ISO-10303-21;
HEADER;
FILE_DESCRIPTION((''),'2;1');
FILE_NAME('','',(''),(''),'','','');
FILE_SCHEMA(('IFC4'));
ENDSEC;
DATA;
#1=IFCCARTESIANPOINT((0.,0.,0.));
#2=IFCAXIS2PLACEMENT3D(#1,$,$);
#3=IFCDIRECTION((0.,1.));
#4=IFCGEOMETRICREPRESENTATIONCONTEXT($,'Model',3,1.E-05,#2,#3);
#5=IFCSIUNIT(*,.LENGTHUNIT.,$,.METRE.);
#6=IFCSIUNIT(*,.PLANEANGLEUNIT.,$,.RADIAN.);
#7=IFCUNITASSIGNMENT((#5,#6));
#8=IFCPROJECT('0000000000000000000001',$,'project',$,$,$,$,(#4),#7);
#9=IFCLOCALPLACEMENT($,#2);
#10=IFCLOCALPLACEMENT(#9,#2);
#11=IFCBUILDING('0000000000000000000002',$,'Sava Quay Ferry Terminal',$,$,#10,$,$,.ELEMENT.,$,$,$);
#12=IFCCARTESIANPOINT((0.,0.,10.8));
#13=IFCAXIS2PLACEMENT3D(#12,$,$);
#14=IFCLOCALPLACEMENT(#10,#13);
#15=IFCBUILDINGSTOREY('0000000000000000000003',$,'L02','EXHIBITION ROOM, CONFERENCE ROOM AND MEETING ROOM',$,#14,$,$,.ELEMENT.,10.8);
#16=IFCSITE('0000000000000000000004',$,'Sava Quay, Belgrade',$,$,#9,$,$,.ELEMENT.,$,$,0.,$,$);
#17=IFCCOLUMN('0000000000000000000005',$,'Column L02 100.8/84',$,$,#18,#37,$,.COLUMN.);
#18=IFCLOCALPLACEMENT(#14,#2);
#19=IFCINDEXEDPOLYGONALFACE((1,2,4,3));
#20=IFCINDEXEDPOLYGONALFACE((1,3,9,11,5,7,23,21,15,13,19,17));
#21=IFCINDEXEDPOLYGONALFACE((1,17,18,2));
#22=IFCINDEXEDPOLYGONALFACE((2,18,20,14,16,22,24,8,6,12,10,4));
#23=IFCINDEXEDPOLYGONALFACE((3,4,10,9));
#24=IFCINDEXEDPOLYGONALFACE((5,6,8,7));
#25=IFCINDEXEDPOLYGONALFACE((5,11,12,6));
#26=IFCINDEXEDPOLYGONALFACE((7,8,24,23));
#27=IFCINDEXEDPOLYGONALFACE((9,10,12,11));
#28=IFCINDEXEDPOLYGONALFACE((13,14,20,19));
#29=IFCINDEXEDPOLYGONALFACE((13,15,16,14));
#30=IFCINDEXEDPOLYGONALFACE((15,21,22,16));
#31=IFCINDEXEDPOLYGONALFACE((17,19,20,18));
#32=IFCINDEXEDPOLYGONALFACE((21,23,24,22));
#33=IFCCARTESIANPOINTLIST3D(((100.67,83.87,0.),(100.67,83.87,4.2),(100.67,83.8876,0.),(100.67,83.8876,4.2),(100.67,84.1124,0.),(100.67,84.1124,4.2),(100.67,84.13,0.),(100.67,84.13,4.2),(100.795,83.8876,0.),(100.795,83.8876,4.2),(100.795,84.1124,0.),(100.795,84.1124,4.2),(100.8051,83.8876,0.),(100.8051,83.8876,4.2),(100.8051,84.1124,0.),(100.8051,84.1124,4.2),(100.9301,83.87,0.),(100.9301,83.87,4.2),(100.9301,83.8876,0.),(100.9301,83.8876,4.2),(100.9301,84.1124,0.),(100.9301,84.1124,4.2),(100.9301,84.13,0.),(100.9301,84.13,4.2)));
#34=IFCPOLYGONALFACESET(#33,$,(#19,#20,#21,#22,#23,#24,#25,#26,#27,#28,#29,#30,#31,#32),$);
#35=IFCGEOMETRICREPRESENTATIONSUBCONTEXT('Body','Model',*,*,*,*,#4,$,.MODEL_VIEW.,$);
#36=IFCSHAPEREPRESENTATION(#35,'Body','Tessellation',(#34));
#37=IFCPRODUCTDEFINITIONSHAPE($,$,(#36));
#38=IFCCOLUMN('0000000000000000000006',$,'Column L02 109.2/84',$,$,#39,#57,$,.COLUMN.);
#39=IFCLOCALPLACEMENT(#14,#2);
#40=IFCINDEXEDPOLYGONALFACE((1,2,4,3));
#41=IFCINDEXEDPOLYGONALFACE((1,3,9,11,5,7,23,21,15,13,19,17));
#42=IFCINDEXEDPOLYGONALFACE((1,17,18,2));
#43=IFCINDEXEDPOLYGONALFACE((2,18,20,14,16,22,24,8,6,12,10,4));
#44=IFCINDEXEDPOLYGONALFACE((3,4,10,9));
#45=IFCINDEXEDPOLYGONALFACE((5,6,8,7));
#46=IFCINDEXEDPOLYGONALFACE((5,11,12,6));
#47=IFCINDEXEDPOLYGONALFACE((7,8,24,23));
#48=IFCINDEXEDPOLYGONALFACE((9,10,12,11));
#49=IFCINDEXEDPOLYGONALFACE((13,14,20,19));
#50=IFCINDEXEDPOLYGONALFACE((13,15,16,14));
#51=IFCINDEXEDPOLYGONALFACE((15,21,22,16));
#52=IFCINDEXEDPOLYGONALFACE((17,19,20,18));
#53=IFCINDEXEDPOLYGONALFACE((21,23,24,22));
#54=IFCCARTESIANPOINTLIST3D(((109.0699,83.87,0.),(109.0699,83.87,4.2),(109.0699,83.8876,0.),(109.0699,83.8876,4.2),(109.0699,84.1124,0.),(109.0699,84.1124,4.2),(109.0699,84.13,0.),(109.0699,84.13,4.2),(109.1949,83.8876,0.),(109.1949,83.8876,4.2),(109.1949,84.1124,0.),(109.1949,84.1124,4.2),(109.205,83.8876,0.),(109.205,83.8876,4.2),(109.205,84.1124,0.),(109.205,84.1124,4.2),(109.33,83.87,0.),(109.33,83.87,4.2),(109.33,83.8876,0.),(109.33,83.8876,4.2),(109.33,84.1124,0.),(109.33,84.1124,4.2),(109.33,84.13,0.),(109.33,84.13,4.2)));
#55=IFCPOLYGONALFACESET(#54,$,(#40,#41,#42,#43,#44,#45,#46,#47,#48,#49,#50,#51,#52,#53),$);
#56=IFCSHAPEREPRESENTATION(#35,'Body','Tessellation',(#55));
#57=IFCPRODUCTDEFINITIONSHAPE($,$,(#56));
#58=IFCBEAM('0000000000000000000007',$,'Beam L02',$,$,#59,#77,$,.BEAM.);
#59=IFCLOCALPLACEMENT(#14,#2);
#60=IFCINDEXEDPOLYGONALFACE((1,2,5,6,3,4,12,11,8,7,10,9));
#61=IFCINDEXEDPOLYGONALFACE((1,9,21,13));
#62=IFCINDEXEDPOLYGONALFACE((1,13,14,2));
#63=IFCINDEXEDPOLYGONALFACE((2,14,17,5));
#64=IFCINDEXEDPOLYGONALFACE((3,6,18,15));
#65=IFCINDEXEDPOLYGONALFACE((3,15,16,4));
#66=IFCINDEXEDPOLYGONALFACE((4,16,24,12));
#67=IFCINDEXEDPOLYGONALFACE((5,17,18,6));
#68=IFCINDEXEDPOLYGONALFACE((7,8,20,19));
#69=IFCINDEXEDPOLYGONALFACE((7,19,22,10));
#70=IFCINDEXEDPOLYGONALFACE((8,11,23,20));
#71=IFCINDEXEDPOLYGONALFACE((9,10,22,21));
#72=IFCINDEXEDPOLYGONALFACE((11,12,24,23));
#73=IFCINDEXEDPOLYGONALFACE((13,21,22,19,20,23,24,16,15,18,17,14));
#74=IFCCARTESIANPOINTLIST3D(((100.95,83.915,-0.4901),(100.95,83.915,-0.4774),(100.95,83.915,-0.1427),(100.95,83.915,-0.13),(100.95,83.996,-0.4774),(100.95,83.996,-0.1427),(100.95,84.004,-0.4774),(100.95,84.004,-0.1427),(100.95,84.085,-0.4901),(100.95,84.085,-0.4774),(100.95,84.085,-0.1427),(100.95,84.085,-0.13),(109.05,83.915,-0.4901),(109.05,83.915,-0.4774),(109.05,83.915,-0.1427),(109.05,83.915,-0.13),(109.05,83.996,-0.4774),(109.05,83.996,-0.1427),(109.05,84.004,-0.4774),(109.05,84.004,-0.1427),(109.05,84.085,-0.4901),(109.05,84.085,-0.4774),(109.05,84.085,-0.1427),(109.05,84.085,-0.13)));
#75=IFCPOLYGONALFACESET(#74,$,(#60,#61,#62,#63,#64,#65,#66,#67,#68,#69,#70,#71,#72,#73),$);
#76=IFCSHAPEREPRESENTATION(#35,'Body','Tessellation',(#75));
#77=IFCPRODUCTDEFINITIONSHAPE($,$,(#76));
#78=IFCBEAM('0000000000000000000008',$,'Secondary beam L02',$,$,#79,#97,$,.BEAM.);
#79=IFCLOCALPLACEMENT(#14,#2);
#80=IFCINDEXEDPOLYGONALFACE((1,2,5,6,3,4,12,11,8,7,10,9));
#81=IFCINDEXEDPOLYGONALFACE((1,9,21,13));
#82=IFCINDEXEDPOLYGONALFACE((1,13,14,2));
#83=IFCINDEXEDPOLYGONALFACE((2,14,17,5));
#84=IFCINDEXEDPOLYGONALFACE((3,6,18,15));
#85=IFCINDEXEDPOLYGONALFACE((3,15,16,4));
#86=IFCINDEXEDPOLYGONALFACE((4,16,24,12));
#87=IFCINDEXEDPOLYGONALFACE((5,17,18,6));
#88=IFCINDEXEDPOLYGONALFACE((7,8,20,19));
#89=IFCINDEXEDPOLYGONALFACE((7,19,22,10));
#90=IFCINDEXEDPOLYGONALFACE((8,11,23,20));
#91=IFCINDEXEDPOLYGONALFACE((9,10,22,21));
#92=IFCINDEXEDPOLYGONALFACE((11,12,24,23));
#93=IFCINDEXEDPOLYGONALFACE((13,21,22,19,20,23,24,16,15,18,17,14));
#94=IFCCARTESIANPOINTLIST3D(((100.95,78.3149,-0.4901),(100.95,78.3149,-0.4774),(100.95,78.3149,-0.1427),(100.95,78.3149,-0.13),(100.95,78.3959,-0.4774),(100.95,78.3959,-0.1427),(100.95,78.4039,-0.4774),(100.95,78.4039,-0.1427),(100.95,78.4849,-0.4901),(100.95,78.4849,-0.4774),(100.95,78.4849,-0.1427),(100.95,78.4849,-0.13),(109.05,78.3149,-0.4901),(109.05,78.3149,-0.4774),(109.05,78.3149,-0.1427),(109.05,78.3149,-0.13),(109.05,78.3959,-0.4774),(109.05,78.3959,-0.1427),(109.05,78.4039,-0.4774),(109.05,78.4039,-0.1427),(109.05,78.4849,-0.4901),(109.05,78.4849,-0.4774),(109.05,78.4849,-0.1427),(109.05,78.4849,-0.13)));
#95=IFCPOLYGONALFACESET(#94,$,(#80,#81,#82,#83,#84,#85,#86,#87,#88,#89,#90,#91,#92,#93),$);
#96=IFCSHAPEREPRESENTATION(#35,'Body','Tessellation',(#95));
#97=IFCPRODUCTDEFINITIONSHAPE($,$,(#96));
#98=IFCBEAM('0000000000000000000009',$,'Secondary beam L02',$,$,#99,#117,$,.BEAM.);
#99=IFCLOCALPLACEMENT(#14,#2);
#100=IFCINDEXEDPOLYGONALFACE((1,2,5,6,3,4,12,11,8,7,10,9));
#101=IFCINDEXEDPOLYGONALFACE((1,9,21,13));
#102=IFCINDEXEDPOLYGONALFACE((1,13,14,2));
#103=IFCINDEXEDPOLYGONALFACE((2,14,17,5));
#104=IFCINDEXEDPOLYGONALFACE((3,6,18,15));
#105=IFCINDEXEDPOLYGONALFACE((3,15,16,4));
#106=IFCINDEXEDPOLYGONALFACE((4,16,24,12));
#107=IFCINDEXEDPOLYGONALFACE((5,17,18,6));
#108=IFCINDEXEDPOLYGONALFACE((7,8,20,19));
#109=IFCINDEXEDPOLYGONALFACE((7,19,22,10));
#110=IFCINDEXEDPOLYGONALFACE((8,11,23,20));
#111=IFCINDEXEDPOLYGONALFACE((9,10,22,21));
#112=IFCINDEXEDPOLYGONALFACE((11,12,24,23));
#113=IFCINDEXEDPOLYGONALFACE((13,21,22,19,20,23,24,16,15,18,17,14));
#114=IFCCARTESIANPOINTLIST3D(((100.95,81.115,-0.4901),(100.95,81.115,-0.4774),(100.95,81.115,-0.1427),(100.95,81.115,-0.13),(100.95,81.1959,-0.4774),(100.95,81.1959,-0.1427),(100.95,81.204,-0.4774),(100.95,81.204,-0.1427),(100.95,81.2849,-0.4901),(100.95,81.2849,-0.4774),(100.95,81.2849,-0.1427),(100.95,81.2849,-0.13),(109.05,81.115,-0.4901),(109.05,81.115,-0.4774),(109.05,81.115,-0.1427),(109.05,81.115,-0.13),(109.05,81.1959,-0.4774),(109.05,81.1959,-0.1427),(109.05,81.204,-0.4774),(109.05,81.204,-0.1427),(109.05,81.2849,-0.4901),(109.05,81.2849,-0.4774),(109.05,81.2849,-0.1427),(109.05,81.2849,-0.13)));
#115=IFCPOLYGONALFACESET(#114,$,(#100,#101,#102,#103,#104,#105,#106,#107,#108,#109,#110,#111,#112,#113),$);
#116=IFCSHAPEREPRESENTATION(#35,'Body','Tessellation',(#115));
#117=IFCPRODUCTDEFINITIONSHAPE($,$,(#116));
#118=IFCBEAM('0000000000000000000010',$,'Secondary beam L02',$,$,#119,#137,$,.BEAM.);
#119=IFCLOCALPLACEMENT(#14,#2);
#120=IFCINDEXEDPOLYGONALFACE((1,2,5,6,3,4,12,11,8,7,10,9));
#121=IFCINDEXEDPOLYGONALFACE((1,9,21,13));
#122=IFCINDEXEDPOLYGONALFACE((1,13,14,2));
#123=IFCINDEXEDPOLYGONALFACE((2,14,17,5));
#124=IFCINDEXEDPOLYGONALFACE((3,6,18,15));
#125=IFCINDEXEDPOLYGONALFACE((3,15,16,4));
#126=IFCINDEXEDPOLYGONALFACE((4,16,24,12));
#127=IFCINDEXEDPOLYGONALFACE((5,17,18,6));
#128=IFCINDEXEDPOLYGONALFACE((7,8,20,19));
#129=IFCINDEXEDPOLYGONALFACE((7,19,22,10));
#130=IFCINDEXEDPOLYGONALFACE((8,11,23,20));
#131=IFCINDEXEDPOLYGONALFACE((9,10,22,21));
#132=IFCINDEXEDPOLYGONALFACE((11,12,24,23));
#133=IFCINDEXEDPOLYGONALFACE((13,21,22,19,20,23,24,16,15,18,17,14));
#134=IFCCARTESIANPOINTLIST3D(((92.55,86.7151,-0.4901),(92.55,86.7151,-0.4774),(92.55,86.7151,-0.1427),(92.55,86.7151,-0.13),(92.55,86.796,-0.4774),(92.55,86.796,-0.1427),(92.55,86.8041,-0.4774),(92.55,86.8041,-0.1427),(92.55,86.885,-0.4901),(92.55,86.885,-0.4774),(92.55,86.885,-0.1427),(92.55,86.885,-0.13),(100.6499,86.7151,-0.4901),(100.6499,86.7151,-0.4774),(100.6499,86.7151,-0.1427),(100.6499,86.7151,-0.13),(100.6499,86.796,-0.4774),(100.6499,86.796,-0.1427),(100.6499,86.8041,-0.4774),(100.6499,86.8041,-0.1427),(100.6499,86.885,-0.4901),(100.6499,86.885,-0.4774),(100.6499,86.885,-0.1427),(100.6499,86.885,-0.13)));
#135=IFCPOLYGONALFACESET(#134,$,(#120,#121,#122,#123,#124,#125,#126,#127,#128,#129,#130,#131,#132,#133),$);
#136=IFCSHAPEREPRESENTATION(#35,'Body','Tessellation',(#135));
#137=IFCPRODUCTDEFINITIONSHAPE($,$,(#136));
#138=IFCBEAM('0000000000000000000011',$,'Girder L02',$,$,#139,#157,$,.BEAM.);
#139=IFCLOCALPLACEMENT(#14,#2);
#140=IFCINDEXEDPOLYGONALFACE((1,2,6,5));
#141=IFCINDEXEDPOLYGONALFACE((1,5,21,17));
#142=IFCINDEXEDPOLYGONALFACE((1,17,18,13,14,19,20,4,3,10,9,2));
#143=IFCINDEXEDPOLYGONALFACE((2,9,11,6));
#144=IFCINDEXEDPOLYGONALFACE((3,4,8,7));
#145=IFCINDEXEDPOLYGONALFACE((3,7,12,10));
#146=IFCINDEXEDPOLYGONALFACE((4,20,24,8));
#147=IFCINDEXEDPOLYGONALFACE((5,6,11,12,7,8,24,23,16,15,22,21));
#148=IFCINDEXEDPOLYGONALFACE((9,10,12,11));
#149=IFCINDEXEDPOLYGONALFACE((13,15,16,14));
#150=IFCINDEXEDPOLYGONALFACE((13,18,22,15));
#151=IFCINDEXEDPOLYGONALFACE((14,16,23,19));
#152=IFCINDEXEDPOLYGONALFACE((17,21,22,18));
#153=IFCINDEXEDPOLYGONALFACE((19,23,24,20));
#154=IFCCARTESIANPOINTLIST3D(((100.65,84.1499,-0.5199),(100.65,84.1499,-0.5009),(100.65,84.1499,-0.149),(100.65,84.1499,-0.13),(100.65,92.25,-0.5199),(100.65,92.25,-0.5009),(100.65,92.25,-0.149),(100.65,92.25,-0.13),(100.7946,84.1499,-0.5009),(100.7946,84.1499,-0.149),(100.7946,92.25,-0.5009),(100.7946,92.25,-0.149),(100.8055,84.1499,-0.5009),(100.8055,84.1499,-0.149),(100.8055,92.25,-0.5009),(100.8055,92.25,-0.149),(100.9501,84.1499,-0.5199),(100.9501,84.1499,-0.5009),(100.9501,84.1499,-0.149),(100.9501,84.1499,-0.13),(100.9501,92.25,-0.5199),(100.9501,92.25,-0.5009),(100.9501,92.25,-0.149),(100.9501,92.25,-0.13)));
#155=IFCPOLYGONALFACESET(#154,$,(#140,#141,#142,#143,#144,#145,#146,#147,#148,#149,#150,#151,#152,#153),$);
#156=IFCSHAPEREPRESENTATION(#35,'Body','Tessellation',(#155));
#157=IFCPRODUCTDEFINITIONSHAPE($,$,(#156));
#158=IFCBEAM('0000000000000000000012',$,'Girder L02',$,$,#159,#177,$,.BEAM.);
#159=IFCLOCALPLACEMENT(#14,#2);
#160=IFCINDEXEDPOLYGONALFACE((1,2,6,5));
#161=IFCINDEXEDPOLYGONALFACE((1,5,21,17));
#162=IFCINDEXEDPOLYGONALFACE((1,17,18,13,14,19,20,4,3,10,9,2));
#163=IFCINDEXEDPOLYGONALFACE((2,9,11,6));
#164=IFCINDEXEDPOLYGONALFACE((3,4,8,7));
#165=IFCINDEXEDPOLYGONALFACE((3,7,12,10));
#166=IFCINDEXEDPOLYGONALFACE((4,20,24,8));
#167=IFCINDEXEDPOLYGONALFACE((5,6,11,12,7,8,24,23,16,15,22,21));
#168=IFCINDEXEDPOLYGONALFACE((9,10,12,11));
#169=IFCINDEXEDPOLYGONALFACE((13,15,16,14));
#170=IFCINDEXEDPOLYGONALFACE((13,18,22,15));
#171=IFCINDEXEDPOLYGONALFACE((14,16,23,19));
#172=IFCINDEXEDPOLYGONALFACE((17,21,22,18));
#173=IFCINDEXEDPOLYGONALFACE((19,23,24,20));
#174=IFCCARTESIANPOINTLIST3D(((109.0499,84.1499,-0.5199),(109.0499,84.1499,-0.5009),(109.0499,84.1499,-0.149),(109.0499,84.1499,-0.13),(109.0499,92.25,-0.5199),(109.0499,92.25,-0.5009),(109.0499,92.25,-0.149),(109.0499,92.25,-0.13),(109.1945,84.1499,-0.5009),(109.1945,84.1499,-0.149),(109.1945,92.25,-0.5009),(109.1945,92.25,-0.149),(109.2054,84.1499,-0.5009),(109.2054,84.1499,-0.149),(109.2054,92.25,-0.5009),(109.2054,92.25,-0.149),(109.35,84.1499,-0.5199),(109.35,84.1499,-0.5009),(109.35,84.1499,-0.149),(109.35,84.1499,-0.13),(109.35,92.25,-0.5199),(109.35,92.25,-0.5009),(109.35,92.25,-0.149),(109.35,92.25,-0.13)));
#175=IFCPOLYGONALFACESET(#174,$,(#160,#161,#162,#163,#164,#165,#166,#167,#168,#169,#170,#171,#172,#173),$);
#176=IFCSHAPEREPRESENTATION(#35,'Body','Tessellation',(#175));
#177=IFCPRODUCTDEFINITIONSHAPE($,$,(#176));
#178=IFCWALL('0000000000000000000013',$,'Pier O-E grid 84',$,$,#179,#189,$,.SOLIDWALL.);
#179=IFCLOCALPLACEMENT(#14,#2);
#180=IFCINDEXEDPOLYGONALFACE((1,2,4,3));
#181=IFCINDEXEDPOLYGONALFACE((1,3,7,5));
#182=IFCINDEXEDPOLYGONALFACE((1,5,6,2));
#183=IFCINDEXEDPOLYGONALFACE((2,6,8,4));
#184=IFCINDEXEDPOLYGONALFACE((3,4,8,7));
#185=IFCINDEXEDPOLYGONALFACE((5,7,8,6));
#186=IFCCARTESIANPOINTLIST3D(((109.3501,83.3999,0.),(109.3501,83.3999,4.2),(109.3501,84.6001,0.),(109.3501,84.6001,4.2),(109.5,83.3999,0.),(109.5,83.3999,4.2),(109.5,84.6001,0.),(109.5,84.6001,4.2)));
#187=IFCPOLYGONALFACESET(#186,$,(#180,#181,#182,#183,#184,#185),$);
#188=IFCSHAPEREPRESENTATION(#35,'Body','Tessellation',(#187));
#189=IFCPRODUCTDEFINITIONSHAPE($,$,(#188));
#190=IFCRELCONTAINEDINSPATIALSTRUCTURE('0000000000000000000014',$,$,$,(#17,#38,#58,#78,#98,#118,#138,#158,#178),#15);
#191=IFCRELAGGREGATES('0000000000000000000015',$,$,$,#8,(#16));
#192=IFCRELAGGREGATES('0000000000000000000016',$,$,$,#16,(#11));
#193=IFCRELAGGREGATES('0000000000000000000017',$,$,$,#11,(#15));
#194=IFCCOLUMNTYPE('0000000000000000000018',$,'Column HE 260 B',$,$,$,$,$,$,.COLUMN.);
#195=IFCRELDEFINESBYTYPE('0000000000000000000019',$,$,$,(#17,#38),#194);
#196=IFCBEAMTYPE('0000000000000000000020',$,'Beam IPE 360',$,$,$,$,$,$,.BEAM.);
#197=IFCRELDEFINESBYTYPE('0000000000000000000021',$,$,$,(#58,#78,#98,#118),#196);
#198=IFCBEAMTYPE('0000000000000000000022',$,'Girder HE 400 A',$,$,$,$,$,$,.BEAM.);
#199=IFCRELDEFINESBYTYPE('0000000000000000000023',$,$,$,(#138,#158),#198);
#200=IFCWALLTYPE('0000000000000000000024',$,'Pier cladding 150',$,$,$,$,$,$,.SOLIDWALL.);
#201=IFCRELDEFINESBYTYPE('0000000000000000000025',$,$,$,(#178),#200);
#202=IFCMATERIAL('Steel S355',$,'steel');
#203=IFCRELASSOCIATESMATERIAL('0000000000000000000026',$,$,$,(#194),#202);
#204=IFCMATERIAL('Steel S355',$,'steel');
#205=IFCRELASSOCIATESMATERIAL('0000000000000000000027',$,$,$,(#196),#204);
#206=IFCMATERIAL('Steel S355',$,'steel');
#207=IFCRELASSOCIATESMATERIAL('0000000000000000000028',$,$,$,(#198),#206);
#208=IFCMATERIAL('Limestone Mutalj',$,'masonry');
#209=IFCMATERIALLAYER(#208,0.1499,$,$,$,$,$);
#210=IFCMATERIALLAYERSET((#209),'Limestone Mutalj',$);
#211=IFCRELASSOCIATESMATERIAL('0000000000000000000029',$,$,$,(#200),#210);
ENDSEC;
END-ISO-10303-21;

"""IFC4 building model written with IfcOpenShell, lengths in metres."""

from ifc_helpers import new_model, si_unit, direction, frame, frame_2d, origin, origin_2d, place, context, subcontext, project, spatial, rectangle, i_section, extrude, material, layer, layer_set, material_profile, profile_set, type_object, element, save


model = new_model("IFC4")

# Units and contexts
model_context = context("Model", 3, precision=1e-05, world=origin(), true_north=direction((0.0, 1.0)))
body_context = subcontext(model_context, "Body", "Model", "MODEL_VIEW")
ifc_project = project(units=[si_unit("LENGTHUNIT", "METRE"), si_unit("PLANEANGLEUNIT", "RADIAN")], contexts=[model_context])

# Site, building, storey
site_placement = place(None, origin())
site = spatial("IfcSite", under=ifc_project, at=site_placement, Name="Sava Quay, Belgrade", CompositionType="ELEMENT", RefElevation=0.0)
building_placement = place(site_placement, origin())
building = spatial("IfcBuilding", under=site, at=building_placement, Name="Sava Quay Ferry Terminal", CompositionType="ELEMENT")
storey_placement = place(building_placement, frame((0.0, 0.0, 10.8)))
storey = spatial("IfcBuildingStorey", under=building, at=storey_placement, Name="L02", Description="EXHIBITION ROOM, CONFERENCE ROOM AND MEETING ROOM", CompositionType="ELEMENT", Elevation=10.8)

# Columns
ifc_material_1 = material(Name="Steel S355", Category="steel")
ifc_material_profile_1 = material_profile(ifc_material_1, i_section(OverallWidth=0.26, OverallDepth=0.26, WebThickness=0.01, FlangeThickness=0.0176, at=origin_2d()), Name="HE 260 B")
ifc_profile_set_1 = profile_set([ifc_material_profile_1], Name="Steel S355")
column_type = type_object("IfcColumnType", Name="Column HE 260 B", PredefinedType="COLUMN", material=ifc_profile_set_1)
for number, where, z_axis, x_axis, name in (
    (1, (100.8, 84.0, 0.0), (0.0, 0.0, 1.0), (1.0, 0.0, 0.0), "Column L02 100.8/84"),
    (2, (109.2, 84.0, 0.0), (0.0, 0.0, 1.0), (1.0, 0.0, 0.0), "Column L02 109.2/84"),
):
    element("IfcColumn", number, at=place(storey_placement, frame(where, z_axis=z_axis, x_axis=x_axis)), inside=storey, type_object=column_type, Name=name, PredefinedType="COLUMN", context=body_context, shape_type="SweptSolid", body=[
        extrude(i_section(OverallWidth=0.26, OverallDepth=0.26, WebThickness=0.01, FlangeThickness=0.0176, at=origin_2d()), origin(), (0.0, 0.0, 1.0), 4.2),
    ])

# Beams
ifc_material_2 = material(Name="Steel S355", Category="steel")
ifc_material_profile_2 = material_profile(ifc_material_2, i_section(OverallWidth=0.1699, OverallDepth=0.3601, WebThickness=0.0081, FlangeThickness=0.0127, at=origin_2d()), Name="IPE 360")
ifc_profile_set_2 = profile_set([ifc_material_profile_2], Name="Steel S355")
beam_type_1 = type_object("IfcBeamType", Name="Beam IPE 360", PredefinedType="BEAM", material=ifc_profile_set_2)
for number, where, z_axis, x_axis, name in (
    (3, (100.95, 84.0, -0.3101), (1.0, 0.0, 0.0), (0.0, 1.0, 0.0), "Beam L02"),
    (4, (100.95, 78.3999, -0.3101), (1.0, 0.0, 0.0), (0.0, 1.0, 0.0), "Secondary beam L02"),
    (5, (100.95, 81.2, -0.3101), (1.0, 0.0, 0.0), (0.0, 1.0, 0.0), "Secondary beam L02"),
):
    element("IfcBeam", number, at=place(storey_placement, frame(where, z_axis=z_axis, x_axis=x_axis)), inside=storey, type_object=beam_type_1, Name=name, PredefinedType="BEAM", context=body_context, shape_type="SweptSolid", body=[
        extrude(i_section(OverallWidth=0.1699, OverallDepth=0.3601, WebThickness=0.0081, FlangeThickness=0.0127, at=origin_2d()), origin(), (0.0, 0.0, 1.0), 8.1001),
    ])
beam_placement = place(storey_placement, frame((92.55, 86.8, -0.3101), z_axis=(1.0, 0.0, 0.0), x_axis=(0.0, 1.0, 0.0)))
element("IfcBeam", 6, at=beam_placement, inside=storey, type_object=beam_type_1, Name="Secondary beam L02", PredefinedType="BEAM", context=body_context, shape_type="SweptSolid", body=[
    extrude(i_section(OverallWidth=0.1699, OverallDepth=0.3601, WebThickness=0.0081, FlangeThickness=0.0127, at=origin_2d()), origin(), (0.0, 0.0, 1.0), 8.0999),
])
ifc_material_3 = material(Name="Steel S355", Category="steel")
ifc_material_profile_3 = material_profile(ifc_material_3, i_section(OverallWidth=0.3, OverallDepth=0.3899, WebThickness=0.011, FlangeThickness=0.019, at=origin_2d()), Name="HE 400 A")
ifc_profile_set_3 = profile_set([ifc_material_profile_3], Name="Steel S355")
beam_type_2 = type_object("IfcBeamType", Name="Girder HE 400 A", PredefinedType="BEAM", material=ifc_profile_set_3)
for number, where, z_axis, x_axis, name in (
    (7, (100.8, 84.1499, -0.325), (0.0, 1.0, 0.0), (-1.0, 0.0, 0.0), "Girder L02"),
    (8, (109.2, 84.1499, -0.325), (0.0, 1.0, 0.0), (-1.0, 0.0, 0.0), "Girder L02"),
):
    element("IfcBeam", number, at=place(storey_placement, frame(where, z_axis=z_axis, x_axis=x_axis)), inside=storey, type_object=beam_type_2, Name=name, PredefinedType="BEAM", context=body_context, shape_type="SweptSolid", body=[
        extrude(i_section(OverallWidth=0.3, OverallDepth=0.3899, WebThickness=0.011, FlangeThickness=0.019, at=origin_2d()), origin(), (0.0, 0.0, 1.0), 8.1001),
    ])

# Wall
ifc_material_4 = material(Name="Limestone Mutalj", Category="masonry")
ifc_layer_1 = layer(ifc_material_4, 0.1499)
ifc_layer_set_1 = layer_set([ifc_layer_1], Name="Limestone Mutalj")
wall_type_1 = type_object("IfcWallType", Name="Pier cladding 150", PredefinedType="SOLIDWALL", material=ifc_layer_set_1)
wall_1_placement = place(storey_placement, frame((109.425, 83.3999, 0.0), z_axis=(0.0, 0.0, 1.0), x_axis=(0.0, 1.0, 0.0)))
element("IfcWall", 9, at=wall_1_placement, inside=storey, type_object=wall_type_1, Name="Pier O-E grid 84", PredefinedType="SOLIDWALL", context=body_context, shape_type="SweptSolid", body=[
    extrude(rectangle(XDim=1.2002, YDim=0.1499, at=frame_2d((0.6001, 0.0))), origin(), (0.0, 0.0, 1.0), 4.2),
])

save(model, "model.ifc")
